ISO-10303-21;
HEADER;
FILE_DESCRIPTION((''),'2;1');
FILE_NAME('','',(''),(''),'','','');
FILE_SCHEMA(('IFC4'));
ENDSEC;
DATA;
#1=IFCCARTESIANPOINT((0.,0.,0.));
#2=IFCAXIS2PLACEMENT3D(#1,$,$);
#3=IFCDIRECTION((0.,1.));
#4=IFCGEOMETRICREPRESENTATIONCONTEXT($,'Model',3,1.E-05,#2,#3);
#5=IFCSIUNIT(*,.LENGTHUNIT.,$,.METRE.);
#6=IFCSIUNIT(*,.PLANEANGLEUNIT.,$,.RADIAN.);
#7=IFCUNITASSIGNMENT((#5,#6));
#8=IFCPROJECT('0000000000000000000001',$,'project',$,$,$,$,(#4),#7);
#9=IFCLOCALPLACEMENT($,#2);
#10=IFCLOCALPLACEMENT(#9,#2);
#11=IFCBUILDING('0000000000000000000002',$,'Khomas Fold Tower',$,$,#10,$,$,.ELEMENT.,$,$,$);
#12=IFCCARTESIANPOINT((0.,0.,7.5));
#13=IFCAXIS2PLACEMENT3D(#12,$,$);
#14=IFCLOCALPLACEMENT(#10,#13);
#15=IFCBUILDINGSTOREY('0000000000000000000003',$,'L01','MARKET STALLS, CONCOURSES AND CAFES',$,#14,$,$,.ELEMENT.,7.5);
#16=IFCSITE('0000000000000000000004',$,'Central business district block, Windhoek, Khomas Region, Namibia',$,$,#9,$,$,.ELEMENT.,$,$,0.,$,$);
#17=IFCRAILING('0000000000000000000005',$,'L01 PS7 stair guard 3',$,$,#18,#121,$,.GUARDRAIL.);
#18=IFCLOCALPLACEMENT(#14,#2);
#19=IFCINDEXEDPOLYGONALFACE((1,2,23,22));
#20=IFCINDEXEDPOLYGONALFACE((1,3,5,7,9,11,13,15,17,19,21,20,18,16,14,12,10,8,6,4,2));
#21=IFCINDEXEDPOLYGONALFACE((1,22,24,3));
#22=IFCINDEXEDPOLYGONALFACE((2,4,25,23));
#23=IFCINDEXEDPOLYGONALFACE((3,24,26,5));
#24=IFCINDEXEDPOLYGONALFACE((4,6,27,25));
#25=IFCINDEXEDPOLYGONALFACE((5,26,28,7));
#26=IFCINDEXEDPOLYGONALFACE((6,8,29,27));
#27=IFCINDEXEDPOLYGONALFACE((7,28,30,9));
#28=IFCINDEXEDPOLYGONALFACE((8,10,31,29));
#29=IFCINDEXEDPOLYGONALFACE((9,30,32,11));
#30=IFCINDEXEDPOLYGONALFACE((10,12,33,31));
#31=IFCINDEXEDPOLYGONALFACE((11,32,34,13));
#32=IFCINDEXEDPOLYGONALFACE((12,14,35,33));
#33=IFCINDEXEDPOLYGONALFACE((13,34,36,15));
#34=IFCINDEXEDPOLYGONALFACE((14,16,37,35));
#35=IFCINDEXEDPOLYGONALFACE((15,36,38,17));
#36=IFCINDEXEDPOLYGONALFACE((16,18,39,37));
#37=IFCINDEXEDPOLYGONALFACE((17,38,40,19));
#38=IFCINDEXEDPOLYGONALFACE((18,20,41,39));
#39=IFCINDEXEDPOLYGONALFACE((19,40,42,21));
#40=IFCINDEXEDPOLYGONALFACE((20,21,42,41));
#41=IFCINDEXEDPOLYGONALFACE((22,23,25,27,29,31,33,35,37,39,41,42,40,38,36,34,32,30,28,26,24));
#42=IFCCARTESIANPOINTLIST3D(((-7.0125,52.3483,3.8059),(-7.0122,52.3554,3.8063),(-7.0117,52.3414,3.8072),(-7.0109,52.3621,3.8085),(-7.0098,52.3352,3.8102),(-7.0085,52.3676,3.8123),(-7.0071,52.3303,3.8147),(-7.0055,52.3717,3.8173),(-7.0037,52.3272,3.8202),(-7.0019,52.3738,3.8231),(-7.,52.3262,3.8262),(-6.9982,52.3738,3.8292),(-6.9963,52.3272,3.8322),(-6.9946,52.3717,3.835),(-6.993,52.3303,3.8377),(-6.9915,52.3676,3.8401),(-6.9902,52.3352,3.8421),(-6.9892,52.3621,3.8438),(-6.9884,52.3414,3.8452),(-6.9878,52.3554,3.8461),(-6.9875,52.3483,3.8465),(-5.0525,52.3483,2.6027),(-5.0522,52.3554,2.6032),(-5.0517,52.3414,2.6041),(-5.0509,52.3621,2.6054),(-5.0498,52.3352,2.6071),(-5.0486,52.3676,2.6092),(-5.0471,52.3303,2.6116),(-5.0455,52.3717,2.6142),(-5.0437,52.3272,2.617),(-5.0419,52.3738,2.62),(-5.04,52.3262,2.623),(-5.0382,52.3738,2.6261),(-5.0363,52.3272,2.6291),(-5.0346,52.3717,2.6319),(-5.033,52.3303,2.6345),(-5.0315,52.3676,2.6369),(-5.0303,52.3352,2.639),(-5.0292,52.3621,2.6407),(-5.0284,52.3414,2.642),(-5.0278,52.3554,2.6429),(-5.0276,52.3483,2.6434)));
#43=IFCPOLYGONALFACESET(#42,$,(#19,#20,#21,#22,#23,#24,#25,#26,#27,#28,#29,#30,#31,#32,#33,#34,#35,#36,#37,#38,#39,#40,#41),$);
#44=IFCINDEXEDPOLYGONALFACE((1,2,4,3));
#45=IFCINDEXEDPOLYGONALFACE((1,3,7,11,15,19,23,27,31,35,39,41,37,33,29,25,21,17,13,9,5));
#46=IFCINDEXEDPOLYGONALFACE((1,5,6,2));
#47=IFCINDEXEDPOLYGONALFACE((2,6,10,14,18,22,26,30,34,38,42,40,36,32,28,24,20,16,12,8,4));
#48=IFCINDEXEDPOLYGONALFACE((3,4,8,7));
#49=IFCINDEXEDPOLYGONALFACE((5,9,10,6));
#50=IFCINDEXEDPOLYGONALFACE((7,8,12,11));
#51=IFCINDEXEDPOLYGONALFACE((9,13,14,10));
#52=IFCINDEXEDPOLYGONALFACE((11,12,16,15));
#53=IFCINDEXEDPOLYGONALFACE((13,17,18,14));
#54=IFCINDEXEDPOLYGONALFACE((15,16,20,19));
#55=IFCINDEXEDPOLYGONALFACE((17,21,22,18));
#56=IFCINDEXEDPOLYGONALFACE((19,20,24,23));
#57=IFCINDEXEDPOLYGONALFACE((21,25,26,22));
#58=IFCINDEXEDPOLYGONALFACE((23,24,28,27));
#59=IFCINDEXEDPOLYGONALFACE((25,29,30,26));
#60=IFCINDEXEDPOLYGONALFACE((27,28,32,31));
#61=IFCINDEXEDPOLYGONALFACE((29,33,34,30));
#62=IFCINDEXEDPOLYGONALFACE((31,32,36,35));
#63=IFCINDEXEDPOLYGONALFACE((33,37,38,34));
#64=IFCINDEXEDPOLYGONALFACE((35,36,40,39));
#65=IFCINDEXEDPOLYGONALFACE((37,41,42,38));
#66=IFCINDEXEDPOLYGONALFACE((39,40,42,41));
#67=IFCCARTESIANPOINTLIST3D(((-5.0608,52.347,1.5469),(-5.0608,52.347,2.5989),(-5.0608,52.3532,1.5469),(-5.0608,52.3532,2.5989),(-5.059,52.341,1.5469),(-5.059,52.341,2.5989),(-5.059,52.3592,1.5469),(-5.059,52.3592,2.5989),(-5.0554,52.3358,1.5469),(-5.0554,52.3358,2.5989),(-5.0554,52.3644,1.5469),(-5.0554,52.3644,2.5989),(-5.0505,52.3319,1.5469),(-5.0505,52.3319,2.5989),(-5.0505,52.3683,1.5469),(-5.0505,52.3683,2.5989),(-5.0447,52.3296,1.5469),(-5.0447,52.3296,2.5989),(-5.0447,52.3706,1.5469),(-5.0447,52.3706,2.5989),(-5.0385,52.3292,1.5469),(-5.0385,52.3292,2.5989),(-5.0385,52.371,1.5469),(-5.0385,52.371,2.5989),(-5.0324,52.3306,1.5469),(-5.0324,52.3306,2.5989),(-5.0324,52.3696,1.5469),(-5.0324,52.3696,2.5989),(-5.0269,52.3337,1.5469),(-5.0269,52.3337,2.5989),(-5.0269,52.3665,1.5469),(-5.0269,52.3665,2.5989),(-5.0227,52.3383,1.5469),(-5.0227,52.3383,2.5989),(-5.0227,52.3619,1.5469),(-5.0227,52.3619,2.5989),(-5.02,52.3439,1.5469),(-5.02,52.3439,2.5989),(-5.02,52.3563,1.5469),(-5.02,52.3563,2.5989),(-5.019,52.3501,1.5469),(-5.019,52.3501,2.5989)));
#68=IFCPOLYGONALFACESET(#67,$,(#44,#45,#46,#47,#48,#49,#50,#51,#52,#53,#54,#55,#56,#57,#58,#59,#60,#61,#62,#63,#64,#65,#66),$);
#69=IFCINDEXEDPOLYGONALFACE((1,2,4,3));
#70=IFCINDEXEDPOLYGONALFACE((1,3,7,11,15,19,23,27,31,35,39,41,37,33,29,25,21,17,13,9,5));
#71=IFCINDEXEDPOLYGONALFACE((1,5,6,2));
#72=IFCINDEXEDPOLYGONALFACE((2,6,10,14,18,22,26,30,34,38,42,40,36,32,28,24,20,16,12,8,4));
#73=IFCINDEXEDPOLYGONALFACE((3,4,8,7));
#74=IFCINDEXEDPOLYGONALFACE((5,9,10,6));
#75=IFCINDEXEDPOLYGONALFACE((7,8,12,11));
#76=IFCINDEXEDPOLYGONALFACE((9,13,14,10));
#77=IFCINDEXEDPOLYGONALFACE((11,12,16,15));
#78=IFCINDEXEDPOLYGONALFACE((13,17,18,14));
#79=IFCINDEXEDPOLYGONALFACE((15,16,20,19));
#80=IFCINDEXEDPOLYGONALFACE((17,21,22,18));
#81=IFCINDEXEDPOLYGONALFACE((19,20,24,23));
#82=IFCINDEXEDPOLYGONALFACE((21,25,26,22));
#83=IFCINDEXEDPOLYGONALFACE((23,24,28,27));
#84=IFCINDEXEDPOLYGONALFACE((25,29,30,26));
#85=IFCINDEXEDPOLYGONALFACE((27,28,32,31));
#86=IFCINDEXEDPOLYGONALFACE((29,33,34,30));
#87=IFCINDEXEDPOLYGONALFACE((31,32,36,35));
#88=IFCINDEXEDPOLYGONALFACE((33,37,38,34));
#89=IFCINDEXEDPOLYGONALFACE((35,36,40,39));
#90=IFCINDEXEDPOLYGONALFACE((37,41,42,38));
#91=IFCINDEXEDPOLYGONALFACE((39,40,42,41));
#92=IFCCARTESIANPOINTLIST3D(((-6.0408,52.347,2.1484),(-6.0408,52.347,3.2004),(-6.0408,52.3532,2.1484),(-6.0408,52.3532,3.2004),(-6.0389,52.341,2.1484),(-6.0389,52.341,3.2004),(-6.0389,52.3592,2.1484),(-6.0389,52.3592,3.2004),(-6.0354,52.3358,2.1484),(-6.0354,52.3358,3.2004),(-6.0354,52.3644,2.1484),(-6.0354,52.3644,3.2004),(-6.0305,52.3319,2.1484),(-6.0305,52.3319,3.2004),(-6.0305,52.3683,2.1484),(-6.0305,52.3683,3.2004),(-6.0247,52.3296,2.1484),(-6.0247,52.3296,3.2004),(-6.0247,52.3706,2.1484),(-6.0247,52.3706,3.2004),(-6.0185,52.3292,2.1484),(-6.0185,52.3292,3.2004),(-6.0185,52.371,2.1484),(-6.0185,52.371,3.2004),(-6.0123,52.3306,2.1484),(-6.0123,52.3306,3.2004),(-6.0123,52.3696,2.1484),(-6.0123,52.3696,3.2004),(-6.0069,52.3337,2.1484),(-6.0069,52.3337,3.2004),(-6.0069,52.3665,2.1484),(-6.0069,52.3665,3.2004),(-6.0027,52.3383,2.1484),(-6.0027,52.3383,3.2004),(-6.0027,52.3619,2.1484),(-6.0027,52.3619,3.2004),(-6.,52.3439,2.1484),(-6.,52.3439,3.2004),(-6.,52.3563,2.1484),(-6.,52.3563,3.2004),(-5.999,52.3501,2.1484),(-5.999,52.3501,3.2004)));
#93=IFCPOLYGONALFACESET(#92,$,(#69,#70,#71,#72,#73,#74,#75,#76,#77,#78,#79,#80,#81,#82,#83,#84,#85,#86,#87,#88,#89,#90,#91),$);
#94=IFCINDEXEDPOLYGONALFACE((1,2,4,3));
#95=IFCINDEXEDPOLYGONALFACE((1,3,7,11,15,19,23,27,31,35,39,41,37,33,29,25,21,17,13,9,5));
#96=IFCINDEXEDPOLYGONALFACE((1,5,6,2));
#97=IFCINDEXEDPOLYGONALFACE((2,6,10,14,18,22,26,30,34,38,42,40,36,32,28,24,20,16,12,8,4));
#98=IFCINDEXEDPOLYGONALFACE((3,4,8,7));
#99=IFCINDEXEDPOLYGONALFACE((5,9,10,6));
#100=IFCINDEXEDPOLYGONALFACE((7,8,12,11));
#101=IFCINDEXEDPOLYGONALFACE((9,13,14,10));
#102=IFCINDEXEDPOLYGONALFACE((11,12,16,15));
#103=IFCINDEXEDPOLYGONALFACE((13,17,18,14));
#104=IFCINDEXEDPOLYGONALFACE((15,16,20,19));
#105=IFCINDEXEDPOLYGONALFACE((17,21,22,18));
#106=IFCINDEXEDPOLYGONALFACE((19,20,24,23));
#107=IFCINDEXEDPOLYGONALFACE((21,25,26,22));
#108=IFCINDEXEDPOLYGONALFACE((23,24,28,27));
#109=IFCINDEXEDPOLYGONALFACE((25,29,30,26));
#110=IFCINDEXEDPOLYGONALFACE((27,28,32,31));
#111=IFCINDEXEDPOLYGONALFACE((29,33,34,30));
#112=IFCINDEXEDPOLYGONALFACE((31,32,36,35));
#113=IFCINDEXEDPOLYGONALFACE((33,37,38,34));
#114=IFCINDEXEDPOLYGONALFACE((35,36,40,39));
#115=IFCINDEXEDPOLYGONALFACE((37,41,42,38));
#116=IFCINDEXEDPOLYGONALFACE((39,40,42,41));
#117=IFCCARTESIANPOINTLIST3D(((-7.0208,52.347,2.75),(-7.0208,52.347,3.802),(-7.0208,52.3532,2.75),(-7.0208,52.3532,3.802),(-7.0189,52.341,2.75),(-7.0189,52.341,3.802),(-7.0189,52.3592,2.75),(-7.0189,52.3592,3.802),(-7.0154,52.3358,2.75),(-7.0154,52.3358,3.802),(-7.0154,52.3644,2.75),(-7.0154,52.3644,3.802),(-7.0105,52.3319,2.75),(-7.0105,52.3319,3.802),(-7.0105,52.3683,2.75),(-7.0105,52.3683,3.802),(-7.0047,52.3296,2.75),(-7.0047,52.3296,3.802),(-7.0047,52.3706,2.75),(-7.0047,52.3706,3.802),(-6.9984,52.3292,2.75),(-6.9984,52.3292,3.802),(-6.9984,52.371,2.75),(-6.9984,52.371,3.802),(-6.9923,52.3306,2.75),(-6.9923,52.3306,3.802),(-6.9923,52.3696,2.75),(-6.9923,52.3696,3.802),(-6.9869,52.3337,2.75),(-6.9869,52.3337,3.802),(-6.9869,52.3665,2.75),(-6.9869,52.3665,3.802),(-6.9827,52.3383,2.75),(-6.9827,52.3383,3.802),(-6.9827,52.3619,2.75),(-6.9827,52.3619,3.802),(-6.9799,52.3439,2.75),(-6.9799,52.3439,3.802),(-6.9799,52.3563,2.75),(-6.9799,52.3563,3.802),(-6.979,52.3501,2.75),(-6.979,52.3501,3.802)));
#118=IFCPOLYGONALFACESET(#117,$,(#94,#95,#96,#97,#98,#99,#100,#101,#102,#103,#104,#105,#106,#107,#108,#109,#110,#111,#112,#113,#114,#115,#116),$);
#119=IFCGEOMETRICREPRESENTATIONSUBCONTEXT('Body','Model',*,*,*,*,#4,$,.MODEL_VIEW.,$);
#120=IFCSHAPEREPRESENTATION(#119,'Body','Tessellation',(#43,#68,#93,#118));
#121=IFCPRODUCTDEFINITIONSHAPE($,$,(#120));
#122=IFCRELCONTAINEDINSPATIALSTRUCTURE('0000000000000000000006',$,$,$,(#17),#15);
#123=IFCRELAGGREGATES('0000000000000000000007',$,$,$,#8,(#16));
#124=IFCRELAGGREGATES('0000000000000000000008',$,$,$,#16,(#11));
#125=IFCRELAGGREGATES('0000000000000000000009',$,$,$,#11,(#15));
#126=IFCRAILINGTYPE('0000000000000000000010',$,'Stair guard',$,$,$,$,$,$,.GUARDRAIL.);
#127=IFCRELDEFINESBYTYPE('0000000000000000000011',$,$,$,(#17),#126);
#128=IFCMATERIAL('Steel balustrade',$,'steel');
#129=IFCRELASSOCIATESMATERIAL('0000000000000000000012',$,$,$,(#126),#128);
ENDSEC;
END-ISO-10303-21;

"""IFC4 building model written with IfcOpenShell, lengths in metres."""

from ifc_helpers import new_model, si_unit, direction, frame, origin, origin_2d, place, context, subcontext, project, spatial, circle, extrude, source, transform, mapped, material, type_object, element, save


model = new_model("IFC4")

# Units and contexts
model_context = context("Model", 3, precision=1e-05, world=origin(), true_north=direction((0.0, 1.0)))
body_context = subcontext(model_context, "Body", "Model", "MODEL_VIEW")
ifc_project = project(units=[si_unit("LENGTHUNIT", "METRE"), si_unit("PLANEANGLEUNIT", "RADIAN")], contexts=[model_context])

# Site, building, storey
site_placement = place(None, origin())
site = spatial("IfcSite", under=ifc_project, at=site_placement, Name="Central business district block, Windhoek, Khomas Region, Namibia", CompositionType="ELEMENT", RefElevation=0.0)
building_placement = place(site_placement, origin())
building = spatial("IfcBuilding", under=site, at=building_placement, Name="Khomas Fold Tower", CompositionType="ELEMENT")
storey_placement = place(building_placement, frame((0.0, 0.0, 7.5)))
storey = spatial("IfcBuildingStorey", under=building, at=storey_placement, Name="L01", Description="MARKET STALLS, CONCOURSES AND CAFES", CompositionType="ELEMENT", Elevation=7.5)

# Railing
ifc_material_1 = material(Name="Steel balustrade", Category="steel")
railing_type_1 = type_object("IfcRailingType", Name="Stair guard", PredefinedType="GUARDRAIL", material=ifc_material_1)
shared_shape_1 = source(origin(), body_context, "Body", "SweptSolid", [
    extrude(circle(Radius=0.0239, at=origin_2d()), frame((0.0, 0.0, 1.0762), z_axis=(-0.852241, 0.0, 0.523149), x_axis=(0.0, -1.0, 0.0)), (0.0, 0.0, 1.0), 2.2998),
    extrude(circle(Radius=0.021, at=origin_2d()), origin(), (0.0, 0.0, 1.0), 1.052),
    extrude(circle(Radius=0.021, at=origin_2d()), frame((-0.98, 0.0, 0.6016)), (0.0, 0.0, 1.0), 1.052),
    extrude(circle(Radius=0.021, at=origin_2d()), frame((-1.96, 0.0, 1.2031)), (0.0, 0.0, 1.0), 1.052),
])
for number, where, name in (
    (1, (-5.04, 52.3501, 1.5469), "L01 PS7 stair guard 3"),
):
    element("IfcRailing", number, at=place(storey_placement, frame(where)), inside=storey, type_object=railing_type_1, Name=name, PredefinedType="GUARDRAIL", context=body_context, shape_type="MappedRepresentation", body=[
        mapped(shared_shape_1, transform((0.0, 0.0, 0.0))),
    ])

save(model, "model.ifc")
